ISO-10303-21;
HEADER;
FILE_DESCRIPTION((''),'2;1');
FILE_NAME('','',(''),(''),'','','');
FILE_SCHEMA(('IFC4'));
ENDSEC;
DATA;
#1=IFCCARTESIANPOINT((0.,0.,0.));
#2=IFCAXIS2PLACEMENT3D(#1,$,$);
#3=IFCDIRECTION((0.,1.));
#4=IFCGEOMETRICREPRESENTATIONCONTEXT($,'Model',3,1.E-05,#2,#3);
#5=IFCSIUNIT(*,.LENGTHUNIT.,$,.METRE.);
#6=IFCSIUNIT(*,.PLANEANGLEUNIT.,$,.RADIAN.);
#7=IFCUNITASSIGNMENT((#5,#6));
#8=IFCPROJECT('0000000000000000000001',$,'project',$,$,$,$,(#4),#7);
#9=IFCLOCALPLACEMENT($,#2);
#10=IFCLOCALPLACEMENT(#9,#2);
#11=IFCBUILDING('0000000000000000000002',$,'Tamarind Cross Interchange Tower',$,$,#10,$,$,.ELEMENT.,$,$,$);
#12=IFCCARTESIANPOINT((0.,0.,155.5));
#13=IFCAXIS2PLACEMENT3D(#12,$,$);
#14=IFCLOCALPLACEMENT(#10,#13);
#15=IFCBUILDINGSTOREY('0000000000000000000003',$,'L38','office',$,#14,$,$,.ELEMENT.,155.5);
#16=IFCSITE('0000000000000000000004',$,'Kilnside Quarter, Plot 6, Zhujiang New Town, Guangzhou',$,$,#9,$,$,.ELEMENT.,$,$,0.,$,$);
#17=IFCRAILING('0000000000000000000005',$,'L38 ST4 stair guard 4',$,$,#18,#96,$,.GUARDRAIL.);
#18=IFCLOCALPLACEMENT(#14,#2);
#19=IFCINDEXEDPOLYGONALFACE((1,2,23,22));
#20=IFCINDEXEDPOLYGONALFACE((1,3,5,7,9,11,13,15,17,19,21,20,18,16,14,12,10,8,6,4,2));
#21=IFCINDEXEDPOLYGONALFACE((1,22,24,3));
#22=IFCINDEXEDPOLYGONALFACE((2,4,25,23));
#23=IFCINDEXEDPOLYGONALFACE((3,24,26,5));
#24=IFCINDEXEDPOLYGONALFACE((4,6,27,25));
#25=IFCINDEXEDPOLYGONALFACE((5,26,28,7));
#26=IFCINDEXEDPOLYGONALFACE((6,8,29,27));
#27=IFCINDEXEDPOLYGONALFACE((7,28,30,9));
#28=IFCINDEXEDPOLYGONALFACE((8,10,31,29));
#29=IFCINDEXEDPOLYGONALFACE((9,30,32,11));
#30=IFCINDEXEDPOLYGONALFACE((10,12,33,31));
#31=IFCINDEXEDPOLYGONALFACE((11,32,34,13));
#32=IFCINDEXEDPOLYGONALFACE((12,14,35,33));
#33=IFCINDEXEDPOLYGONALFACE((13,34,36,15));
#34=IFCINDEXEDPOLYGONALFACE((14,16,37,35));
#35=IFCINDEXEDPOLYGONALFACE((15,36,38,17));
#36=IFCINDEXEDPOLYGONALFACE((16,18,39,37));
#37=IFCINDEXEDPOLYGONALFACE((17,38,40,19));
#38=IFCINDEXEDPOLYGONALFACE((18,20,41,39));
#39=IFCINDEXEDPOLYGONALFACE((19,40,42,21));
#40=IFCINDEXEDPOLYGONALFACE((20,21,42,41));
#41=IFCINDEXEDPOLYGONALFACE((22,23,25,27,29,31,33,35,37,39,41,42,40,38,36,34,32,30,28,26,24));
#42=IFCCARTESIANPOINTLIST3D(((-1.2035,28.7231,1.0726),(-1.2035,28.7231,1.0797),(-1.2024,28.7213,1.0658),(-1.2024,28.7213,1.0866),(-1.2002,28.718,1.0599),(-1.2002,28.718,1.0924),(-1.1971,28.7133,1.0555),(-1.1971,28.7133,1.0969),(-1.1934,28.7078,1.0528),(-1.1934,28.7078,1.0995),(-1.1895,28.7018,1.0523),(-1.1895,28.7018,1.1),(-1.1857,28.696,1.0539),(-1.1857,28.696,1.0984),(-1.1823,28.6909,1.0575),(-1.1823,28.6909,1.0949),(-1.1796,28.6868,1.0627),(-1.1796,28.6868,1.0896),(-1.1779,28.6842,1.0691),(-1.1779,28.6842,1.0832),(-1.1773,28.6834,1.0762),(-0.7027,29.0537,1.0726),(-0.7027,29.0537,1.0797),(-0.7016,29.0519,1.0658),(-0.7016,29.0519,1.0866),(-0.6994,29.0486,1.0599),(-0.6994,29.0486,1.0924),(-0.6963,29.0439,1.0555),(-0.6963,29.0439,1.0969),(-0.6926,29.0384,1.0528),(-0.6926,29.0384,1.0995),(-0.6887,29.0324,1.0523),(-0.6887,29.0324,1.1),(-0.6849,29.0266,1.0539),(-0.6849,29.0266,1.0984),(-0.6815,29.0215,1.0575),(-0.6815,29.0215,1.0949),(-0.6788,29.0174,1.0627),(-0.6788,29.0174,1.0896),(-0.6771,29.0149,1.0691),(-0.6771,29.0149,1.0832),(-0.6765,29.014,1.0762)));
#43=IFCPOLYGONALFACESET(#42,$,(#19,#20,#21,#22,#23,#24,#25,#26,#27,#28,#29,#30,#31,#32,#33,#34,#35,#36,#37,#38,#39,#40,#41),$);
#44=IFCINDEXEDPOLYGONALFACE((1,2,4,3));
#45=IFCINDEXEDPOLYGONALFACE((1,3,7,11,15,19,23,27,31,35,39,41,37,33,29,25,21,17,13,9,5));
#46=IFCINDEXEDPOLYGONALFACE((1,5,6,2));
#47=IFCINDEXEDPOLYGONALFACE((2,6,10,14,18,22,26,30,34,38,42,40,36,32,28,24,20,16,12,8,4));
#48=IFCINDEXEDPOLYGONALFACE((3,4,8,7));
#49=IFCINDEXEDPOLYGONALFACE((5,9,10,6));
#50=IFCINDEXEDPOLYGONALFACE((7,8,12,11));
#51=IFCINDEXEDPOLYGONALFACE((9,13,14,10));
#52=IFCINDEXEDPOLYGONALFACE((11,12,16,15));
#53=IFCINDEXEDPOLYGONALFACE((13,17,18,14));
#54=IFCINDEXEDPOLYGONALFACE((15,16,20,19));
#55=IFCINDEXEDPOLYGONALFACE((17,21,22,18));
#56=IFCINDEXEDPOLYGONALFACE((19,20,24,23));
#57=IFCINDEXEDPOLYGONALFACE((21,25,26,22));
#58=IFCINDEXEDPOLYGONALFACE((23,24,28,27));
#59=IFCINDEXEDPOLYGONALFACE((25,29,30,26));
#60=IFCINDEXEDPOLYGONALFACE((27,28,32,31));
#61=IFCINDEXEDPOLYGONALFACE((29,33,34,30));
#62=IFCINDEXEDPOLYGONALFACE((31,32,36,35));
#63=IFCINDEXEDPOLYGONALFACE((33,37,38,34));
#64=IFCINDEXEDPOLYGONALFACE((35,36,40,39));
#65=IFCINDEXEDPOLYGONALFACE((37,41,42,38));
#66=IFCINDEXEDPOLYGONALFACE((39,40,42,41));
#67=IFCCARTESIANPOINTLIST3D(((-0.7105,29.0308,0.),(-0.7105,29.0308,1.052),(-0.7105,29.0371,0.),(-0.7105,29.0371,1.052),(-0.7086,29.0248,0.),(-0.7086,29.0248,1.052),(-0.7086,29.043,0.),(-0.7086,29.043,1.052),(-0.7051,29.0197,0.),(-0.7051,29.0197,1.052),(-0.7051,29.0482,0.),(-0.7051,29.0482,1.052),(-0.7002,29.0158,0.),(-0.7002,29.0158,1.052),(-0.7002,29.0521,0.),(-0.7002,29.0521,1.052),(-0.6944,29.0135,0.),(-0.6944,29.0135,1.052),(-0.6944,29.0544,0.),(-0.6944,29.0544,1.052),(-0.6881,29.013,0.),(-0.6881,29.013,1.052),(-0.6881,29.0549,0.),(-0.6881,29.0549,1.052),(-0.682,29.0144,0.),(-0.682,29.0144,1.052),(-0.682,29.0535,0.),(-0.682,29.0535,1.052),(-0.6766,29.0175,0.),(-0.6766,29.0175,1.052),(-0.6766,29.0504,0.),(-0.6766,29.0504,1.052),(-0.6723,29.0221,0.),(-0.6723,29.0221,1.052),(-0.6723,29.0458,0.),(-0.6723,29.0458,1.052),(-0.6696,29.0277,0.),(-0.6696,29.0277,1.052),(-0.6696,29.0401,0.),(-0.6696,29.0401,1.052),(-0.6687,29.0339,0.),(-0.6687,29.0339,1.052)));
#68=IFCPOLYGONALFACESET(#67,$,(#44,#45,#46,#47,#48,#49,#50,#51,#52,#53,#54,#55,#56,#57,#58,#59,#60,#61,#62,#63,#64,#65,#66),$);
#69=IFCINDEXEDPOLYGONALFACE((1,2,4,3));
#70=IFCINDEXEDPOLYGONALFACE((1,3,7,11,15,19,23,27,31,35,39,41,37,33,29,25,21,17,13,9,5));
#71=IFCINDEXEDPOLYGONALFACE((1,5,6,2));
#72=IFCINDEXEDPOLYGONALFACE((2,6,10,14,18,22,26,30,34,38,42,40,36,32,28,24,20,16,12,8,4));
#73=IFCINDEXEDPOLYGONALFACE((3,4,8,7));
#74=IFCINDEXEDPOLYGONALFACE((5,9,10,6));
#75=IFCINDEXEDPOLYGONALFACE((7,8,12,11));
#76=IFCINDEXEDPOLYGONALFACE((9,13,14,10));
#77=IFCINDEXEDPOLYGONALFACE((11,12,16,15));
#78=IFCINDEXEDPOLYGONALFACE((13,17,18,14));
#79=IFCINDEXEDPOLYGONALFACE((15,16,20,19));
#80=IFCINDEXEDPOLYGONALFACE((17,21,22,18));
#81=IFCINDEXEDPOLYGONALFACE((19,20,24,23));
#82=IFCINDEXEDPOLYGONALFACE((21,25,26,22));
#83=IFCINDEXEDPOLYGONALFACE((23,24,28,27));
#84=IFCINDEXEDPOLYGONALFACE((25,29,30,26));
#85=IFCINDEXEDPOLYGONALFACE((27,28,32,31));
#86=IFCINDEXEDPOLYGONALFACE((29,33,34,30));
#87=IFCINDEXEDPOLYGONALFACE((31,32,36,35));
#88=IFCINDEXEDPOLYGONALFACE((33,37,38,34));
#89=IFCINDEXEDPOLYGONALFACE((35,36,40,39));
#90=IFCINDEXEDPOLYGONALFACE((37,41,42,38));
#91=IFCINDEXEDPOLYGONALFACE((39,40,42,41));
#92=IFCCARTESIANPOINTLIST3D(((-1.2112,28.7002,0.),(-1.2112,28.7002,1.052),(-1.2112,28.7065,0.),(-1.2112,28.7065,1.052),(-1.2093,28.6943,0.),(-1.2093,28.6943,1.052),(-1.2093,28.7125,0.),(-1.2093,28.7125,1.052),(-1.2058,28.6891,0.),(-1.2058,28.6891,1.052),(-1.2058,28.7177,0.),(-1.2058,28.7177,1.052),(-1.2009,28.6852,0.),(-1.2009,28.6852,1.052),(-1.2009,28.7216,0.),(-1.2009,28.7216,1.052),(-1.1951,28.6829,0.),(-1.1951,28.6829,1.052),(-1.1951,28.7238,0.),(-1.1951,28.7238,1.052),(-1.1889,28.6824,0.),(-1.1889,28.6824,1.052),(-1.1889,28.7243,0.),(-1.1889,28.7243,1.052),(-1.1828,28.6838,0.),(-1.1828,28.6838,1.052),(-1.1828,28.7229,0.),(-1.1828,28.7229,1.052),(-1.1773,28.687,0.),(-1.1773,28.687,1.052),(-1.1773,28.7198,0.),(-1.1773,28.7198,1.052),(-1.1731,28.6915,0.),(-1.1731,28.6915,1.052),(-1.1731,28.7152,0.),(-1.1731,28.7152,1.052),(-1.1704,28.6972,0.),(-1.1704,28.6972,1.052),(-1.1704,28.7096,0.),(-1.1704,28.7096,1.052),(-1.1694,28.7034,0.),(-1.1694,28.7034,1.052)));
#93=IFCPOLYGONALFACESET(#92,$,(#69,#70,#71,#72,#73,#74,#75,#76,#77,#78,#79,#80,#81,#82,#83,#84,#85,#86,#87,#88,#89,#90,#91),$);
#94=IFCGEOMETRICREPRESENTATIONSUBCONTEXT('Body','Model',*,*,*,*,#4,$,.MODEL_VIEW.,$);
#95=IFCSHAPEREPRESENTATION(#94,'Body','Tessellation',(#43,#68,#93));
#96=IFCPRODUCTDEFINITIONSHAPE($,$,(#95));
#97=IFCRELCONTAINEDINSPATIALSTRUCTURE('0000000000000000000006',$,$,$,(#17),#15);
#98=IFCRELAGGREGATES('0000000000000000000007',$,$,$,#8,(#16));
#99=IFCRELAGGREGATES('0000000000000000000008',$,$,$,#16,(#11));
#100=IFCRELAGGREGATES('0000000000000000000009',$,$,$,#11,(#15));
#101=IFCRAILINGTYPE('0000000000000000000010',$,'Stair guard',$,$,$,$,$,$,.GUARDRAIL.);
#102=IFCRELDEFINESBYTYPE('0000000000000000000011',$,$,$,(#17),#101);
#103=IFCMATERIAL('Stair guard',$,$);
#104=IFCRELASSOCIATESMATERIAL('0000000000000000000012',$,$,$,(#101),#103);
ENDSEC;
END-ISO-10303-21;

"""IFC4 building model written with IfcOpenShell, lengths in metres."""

from ifc_helpers import new_model, si_unit, direction, frame, origin, origin_2d, place, context, subcontext, project, spatial, circle, extrude, material, type_object, element, save


model = new_model("IFC4")

# Units and contexts
model_context = context("Model", 3, precision=1e-05, world=origin(), true_north=direction((0.0, 1.0)))
body_context = subcontext(model_context, "Body", "Model", "MODEL_VIEW")
ifc_project = project(units=[si_unit("LENGTHUNIT", "METRE"), si_unit("PLANEANGLEUNIT", "RADIAN")], contexts=[model_context])

# Site, building, storey
site_placement = place(None, origin())
site = spatial("IfcSite", under=ifc_project, at=site_placement, Name="Kilnside Quarter, Plot 6, Zhujiang New Town, Guangzhou", CompositionType="ELEMENT", RefElevation=0.0)
building_placement = place(site_placement, origin())
building = spatial("IfcBuilding", under=site, at=building_placement, Name="Tamarind Cross Interchange Tower", CompositionType="ELEMENT")
storey_placement = place(building_placement, frame((0.0, 0.0, 155.5)))
storey = spatial("IfcBuildingStorey", under=building, at=storey_placement, Name="L38", Description="office", CompositionType="ELEMENT", Elevation=155.5)

# Railing
ifc_material_1 = material(Name="Stair guard")
railing_type_1 = type_object("IfcRailingType", Name="Stair guard", PredefinedType="GUARDRAIL", material=ifc_material_1)
railing_1_placement = place(storey_placement, frame((-0.6897, 29.0339, 0.0)))
element("IfcRailing", 1, at=railing_1_placement, inside=storey, type_object=railing_type_1, Name="L38 ST4 stair guard 4", PredefinedType="GUARDRAIL", context=body_context, shape_type="SweptSolid", body=[
    extrude(circle(Radius=0.0239, at=origin_2d()), frame((0.0, 0.0, 1.0762), z_axis=(-0.834546, -0.550939, 0.0), x_axis=(0.550939, -0.834546, 0.0)), (0.0, 0.0, 1.0), 0.6001),
    extrude(circle(Radius=0.021, at=origin_2d()), origin(), (0.0, 0.0, 1.0), 1.052),
    extrude(circle(Radius=0.021, at=origin_2d()), frame((-0.5007, -0.3306, 0.0)), (0.0, 0.0, 1.0), 1.052),
])

save(model, "model.ifc")
